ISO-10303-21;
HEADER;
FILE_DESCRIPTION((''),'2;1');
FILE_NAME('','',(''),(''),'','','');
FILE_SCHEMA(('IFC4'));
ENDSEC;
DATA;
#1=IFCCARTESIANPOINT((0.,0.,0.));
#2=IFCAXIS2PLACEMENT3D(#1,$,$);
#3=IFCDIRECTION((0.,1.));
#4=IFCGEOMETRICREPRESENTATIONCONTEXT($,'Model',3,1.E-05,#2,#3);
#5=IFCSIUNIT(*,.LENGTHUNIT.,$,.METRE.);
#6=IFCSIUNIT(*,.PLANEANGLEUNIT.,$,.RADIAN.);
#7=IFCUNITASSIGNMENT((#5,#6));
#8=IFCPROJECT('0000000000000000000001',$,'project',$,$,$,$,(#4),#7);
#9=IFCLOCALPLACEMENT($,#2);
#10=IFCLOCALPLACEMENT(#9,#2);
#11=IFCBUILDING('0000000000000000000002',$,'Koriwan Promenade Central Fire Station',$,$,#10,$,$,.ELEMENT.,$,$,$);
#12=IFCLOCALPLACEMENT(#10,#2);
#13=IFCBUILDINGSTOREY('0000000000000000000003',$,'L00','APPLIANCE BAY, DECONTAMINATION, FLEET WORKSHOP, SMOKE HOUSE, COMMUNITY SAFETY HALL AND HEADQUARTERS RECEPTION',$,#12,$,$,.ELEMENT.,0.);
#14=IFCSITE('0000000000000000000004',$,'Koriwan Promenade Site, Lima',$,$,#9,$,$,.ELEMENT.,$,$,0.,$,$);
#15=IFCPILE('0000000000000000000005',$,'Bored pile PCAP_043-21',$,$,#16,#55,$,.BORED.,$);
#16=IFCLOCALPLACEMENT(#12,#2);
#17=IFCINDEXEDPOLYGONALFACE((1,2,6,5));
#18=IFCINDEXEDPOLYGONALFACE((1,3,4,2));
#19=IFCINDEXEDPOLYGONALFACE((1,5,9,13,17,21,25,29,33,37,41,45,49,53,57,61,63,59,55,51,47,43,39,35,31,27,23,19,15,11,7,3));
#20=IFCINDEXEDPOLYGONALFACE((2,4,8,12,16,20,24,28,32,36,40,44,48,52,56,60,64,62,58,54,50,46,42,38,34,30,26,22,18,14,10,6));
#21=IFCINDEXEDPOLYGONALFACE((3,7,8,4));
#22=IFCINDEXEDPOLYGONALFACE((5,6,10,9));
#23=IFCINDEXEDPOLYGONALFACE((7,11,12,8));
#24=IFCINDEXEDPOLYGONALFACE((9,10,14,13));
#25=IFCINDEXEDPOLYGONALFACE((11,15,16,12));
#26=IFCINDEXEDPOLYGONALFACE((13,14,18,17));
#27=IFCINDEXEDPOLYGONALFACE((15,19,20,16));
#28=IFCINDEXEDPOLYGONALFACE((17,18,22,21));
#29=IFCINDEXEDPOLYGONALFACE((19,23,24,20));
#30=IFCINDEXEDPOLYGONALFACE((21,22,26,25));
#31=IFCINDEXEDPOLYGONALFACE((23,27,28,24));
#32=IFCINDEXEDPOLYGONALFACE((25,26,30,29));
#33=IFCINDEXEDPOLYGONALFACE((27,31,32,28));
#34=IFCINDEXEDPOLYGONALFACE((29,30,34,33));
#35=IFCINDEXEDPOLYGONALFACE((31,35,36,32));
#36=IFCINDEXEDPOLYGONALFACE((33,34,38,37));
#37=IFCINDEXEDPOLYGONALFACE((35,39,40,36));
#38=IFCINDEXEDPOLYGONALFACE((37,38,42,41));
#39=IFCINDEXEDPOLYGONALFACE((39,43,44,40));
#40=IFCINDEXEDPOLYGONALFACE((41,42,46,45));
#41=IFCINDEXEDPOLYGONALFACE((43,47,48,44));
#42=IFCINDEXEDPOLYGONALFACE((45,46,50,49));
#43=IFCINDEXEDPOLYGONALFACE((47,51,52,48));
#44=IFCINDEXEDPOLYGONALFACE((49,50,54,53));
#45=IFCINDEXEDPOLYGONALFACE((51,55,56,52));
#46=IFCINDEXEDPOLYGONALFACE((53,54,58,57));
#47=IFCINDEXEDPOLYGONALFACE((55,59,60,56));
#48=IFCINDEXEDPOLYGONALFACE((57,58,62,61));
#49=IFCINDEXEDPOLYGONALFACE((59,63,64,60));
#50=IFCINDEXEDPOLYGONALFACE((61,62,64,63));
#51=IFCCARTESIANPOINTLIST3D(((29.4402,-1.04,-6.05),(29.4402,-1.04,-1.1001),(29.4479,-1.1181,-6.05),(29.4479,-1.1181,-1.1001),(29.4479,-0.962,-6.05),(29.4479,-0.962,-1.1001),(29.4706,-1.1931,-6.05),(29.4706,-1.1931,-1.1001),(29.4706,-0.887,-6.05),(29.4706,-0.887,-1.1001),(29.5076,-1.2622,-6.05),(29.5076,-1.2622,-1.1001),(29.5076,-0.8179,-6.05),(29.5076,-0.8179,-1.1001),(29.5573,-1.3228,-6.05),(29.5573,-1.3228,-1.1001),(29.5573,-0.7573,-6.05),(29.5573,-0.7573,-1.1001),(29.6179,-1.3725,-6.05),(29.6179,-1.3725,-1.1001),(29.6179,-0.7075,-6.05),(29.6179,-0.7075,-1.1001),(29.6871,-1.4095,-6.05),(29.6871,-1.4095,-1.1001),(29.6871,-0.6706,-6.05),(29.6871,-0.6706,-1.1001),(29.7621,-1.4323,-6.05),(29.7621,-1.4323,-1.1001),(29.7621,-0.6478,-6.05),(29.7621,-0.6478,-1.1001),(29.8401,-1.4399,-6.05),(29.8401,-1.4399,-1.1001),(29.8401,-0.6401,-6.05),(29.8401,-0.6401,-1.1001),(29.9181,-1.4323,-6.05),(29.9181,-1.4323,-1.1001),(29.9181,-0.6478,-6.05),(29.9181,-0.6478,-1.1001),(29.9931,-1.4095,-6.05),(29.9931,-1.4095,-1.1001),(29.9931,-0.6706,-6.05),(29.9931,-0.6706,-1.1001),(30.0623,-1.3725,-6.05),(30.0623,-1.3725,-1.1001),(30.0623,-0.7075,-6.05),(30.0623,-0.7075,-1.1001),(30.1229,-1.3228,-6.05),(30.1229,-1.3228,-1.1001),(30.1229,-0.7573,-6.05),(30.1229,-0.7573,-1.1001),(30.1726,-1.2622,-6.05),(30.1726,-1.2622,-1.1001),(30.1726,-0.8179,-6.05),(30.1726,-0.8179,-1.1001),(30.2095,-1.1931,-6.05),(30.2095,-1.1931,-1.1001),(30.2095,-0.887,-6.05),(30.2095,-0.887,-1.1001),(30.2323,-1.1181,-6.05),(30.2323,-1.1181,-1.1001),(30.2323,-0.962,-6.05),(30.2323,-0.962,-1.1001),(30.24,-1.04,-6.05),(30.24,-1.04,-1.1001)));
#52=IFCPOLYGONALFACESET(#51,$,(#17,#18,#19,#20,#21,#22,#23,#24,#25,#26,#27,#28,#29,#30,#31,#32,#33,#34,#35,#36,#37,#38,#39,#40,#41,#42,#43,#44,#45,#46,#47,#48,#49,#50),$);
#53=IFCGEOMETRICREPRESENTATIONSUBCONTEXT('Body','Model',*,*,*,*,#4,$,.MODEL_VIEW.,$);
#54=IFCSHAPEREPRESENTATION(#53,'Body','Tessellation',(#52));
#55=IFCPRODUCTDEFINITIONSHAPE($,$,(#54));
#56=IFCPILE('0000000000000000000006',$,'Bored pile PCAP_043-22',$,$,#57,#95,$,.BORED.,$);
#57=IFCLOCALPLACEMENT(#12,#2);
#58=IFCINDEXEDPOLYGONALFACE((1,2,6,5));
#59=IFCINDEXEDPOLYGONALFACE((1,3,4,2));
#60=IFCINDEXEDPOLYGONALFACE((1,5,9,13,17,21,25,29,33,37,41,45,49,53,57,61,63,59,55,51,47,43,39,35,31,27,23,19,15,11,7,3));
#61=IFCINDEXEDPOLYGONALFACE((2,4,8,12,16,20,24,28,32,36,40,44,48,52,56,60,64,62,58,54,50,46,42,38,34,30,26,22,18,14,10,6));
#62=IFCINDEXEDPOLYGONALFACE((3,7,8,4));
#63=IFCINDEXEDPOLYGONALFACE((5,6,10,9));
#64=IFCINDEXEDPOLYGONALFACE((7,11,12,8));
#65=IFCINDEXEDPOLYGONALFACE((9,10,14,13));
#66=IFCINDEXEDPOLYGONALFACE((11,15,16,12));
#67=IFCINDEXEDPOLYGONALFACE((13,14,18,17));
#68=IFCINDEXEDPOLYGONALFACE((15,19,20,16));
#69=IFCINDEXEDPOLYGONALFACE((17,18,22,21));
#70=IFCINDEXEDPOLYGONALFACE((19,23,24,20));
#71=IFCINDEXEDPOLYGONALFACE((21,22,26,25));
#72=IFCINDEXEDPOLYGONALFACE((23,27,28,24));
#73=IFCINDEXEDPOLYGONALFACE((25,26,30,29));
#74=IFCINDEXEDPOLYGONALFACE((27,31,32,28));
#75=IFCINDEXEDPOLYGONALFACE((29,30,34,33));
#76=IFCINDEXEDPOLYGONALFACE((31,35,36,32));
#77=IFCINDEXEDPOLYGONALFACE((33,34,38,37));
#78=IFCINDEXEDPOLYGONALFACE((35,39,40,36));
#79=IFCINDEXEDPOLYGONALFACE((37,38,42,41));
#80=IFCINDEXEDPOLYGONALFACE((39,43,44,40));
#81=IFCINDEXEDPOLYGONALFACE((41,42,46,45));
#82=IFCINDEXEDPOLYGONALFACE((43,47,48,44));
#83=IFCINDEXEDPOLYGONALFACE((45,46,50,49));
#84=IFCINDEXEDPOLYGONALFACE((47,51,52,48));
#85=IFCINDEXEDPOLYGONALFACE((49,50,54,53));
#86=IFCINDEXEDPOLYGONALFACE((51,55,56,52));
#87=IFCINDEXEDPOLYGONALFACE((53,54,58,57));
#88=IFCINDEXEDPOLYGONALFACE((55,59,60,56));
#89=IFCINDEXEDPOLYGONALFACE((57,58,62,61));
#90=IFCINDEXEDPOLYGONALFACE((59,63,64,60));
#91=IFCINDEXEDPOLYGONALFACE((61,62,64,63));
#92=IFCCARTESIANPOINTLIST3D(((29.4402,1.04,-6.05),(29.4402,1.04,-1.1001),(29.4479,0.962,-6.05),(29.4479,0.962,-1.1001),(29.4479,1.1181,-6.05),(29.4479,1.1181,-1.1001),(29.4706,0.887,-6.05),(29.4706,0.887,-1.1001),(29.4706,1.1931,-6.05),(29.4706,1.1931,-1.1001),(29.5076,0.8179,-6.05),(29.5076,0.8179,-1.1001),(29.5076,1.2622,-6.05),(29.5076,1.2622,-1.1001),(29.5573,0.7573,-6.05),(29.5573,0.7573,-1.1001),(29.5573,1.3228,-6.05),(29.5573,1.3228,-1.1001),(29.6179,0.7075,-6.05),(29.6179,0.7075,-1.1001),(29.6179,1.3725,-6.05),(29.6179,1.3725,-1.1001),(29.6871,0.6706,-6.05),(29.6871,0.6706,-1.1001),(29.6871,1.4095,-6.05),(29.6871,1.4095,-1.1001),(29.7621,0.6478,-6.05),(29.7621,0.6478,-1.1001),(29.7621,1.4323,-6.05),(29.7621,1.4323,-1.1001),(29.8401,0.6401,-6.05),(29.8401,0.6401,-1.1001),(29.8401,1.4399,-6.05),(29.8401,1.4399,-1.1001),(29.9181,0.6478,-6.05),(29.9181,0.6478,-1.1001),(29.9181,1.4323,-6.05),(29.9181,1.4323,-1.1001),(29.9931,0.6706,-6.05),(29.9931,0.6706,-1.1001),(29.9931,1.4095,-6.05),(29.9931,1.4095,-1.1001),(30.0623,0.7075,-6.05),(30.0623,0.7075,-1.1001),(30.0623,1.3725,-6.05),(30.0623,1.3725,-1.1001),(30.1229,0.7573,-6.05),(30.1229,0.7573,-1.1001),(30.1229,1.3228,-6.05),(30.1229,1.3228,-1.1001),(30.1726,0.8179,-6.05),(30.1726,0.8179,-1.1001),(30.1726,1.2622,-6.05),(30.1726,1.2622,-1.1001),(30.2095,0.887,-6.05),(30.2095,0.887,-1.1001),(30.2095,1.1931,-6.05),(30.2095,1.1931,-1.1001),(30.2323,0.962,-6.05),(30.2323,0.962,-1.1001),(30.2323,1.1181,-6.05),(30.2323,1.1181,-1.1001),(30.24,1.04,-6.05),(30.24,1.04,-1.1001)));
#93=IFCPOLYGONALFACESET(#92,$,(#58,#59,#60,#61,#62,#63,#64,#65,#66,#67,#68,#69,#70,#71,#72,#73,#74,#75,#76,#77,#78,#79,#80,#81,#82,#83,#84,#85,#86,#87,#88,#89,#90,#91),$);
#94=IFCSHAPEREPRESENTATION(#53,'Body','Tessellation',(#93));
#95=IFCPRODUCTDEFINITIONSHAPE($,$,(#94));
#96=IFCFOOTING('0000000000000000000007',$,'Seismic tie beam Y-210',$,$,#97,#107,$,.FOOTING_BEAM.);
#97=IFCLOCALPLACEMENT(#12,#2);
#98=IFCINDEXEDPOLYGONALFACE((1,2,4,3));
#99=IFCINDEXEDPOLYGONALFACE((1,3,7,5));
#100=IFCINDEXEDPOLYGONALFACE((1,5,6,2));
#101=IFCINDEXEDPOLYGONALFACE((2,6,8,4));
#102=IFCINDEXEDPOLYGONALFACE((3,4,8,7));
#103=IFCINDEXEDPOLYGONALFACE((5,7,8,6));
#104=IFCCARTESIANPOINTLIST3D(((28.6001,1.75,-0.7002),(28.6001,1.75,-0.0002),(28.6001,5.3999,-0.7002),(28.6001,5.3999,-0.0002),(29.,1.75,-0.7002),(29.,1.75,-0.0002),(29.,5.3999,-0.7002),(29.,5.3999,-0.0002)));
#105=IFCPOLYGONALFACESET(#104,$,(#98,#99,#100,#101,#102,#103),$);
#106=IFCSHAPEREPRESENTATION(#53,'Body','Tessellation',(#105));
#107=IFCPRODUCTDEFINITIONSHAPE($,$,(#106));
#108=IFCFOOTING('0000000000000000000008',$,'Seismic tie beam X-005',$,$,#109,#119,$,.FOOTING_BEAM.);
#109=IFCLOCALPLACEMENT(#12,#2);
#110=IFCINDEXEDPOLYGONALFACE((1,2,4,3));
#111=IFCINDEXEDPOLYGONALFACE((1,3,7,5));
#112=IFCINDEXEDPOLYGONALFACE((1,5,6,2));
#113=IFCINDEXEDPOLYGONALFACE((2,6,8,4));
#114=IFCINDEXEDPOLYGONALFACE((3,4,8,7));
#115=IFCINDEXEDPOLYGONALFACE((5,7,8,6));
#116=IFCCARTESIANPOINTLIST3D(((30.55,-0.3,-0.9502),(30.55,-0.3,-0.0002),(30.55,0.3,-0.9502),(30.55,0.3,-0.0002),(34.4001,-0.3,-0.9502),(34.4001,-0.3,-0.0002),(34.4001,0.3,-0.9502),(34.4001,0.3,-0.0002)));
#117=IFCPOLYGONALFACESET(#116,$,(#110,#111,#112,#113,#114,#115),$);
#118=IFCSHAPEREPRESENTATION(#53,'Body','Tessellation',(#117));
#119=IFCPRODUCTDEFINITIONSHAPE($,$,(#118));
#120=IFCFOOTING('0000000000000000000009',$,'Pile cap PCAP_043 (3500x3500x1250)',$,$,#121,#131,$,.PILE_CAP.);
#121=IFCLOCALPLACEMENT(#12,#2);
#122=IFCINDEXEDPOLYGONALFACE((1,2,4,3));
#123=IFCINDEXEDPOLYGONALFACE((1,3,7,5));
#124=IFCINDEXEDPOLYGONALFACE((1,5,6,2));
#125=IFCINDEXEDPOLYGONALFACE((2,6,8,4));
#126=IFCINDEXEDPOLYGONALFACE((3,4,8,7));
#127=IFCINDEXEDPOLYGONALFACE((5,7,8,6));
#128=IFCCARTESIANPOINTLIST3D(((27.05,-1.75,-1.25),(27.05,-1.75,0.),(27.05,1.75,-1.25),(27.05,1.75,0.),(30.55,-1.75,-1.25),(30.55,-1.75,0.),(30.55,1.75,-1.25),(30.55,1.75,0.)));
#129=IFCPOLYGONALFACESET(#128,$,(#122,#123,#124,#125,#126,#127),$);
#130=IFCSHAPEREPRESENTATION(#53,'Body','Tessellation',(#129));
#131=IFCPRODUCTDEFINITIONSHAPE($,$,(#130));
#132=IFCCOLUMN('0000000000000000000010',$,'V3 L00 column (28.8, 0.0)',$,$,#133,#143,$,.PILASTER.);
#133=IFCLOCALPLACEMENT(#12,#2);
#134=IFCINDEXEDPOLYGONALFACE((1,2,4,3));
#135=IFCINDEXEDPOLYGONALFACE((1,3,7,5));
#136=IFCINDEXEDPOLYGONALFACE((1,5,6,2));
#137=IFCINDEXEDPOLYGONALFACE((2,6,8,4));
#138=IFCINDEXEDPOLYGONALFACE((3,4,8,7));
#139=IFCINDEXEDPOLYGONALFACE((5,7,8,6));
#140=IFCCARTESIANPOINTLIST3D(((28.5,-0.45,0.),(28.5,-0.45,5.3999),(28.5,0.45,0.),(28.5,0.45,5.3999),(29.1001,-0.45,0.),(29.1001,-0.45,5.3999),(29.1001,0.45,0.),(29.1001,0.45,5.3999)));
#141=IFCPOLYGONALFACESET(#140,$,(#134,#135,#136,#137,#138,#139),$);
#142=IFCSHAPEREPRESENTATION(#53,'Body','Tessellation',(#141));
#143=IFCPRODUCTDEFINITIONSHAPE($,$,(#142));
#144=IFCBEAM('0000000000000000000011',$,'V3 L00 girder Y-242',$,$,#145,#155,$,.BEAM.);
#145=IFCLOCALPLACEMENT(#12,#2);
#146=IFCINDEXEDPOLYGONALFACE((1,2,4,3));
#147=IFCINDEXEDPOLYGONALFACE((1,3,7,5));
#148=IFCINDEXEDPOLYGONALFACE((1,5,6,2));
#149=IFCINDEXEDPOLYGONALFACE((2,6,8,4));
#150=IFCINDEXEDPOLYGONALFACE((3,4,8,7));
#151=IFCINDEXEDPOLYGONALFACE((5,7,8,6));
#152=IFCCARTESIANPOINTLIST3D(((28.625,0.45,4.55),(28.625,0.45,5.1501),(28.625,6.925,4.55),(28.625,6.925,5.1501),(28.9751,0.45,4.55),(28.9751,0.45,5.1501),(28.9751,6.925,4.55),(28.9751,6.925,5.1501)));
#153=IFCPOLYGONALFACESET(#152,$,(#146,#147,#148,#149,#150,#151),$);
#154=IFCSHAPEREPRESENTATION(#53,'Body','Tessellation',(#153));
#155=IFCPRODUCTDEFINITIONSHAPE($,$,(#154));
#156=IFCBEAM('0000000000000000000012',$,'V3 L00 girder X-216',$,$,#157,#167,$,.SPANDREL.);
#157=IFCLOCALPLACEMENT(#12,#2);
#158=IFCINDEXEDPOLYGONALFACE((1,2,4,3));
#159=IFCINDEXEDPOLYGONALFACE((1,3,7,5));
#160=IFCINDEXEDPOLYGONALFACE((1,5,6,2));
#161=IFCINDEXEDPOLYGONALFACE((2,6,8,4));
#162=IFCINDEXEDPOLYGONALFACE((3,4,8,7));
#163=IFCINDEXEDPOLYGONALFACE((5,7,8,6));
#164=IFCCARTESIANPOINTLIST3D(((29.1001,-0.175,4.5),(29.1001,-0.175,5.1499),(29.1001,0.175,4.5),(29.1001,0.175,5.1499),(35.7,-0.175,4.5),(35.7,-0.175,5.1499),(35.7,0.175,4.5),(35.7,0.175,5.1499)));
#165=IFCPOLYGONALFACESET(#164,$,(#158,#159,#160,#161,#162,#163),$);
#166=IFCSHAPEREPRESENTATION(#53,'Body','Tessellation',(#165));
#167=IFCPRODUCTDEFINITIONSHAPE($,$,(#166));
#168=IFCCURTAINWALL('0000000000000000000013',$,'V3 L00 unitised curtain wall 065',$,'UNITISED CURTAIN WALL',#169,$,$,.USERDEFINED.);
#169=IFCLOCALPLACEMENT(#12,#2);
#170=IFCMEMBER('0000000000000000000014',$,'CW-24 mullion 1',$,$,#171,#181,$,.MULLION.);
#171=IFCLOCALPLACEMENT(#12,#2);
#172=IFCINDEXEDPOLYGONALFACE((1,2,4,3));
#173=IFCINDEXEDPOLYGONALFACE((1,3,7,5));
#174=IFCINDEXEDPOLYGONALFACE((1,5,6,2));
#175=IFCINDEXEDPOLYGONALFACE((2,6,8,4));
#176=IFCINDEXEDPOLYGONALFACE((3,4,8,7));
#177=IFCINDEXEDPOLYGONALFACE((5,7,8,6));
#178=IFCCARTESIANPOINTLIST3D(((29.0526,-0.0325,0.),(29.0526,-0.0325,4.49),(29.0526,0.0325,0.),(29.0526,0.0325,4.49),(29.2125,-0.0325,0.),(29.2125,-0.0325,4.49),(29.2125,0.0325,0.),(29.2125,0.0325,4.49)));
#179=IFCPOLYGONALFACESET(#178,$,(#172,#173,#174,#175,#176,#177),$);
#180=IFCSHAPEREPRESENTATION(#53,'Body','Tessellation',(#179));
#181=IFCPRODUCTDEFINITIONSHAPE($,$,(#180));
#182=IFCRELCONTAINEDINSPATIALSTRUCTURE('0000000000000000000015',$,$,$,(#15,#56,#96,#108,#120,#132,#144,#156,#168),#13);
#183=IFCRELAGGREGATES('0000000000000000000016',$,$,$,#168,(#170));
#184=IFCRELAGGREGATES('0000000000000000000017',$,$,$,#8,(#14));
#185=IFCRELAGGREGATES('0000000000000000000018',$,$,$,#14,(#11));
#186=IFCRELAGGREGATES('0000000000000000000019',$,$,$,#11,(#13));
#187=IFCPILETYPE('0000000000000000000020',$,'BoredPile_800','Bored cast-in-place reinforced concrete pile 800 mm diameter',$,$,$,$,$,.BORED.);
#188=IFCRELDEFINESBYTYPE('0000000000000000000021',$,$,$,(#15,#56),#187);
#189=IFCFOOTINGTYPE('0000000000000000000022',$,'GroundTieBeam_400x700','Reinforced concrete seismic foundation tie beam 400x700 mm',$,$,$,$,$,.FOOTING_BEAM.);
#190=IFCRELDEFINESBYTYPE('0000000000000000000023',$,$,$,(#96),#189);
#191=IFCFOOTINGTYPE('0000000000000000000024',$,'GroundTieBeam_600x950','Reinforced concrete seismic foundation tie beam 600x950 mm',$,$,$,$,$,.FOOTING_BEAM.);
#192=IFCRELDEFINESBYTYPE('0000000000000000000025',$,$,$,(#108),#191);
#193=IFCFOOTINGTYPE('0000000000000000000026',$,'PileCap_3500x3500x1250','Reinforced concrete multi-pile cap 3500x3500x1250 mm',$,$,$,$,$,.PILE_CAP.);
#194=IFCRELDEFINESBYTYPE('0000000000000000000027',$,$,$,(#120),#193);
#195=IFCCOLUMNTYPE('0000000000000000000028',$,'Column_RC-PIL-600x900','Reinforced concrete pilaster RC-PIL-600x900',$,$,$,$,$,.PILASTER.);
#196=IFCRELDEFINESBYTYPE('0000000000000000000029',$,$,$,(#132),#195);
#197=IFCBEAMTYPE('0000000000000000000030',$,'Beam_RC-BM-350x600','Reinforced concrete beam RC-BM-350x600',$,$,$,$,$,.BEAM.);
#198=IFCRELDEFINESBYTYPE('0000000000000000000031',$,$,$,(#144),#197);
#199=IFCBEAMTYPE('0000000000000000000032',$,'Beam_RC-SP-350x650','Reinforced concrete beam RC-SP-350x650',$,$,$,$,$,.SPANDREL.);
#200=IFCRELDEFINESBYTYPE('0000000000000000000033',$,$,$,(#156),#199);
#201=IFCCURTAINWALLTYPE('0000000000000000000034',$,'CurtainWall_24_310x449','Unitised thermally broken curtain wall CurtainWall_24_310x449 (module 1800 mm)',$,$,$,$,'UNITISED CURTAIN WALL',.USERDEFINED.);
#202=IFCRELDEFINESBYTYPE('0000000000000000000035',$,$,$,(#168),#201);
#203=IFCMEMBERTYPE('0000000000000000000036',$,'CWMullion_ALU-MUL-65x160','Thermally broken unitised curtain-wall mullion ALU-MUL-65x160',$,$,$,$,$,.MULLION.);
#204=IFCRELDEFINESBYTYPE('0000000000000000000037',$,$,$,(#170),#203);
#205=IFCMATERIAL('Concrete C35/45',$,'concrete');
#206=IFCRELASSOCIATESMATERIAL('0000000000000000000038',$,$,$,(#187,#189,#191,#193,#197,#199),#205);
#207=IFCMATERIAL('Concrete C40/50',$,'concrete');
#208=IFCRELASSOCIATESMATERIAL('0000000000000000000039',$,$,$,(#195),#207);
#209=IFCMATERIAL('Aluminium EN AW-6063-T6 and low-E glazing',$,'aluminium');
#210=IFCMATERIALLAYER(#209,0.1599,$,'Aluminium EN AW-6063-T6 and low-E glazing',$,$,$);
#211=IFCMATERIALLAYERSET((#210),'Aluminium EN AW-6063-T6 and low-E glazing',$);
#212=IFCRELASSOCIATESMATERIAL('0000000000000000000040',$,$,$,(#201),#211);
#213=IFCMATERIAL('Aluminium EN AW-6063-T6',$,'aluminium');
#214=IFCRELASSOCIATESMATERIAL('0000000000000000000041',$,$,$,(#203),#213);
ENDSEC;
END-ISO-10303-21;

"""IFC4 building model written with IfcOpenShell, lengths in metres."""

from ifc_helpers import new_model, si_unit, direction, frame, origin, origin_2d, place, context, subcontext, project, spatial, rectangle, circle, extrude, material, layer, layer_set, material_profile, profile_set, type_object, element, aggregate, save


model = new_model("IFC4")

# Units and contexts
model_context = context("Model", 3, precision=1e-05, world=origin(), true_north=direction((0.0, 1.0)))
body_context = subcontext(model_context, "Body", "Model", "MODEL_VIEW")
ifc_project = project(units=[si_unit("LENGTHUNIT", "METRE"), si_unit("PLANEANGLEUNIT", "RADIAN")], contexts=[model_context])

# Site, building, storey
site_placement = place(None, origin())
site = spatial("IfcSite", under=ifc_project, at=site_placement, Name="Koriwan Promenade Site, Lima", CompositionType="ELEMENT", RefElevation=0.0)
building_placement = place(site_placement, origin())
building = spatial("IfcBuilding", under=site, at=building_placement, Name="Koriwan Promenade Central Fire Station", CompositionType="ELEMENT")
storey_placement = place(building_placement, origin())
storey = spatial("IfcBuildingStorey", under=building, at=storey_placement, Name="L00", Description="APPLIANCE BAY, DECONTAMINATION, FLEET WORKSHOP, SMOKE HOUSE, COMMUNITY SAFETY HALL AND HEADQUARTERS RECEPTION", CompositionType="ELEMENT", Elevation=0.0)

# Piles
ifc_material_1 = material(Name="Concrete C35/45", Category="concrete")
ifc_material_profile_1 = material_profile(ifc_material_1, circle(Radius=0.3999, at=origin_2d()), Name="PILE-D800")
ifc_profile_set_1 = profile_set([ifc_material_profile_1], Name="Concrete C35/45")
pile_type = type_object("IfcPileType", Name="BoredPile_800", Description="Bored cast-in-place reinforced concrete pile 800 mm diameter", PredefinedType="BORED", material=ifc_profile_set_1)
for number, where, z_axis, x_axis, name in (
    (1, (29.8401, -1.04, -1.1001), (0.0, 0.0, -1.0), (1.0, 0.0, 0.0), "Bored pile PCAP_043-21"),
    (2, (29.8401, 1.04, -1.1001), (0.0, 0.0, -1.0), (1.0, 0.0, 0.0), "Bored pile PCAP_043-22"),
):
    element("IfcPile", number, at=place(storey_placement, frame(where, z_axis=z_axis, x_axis=x_axis)), inside=storey, type_object=pile_type, Name=name, PredefinedType="BORED", context=body_context, shape_type="SweptSolid", body=[
        extrude(circle(Radius=0.3999, at=origin_2d()), origin(), (0.0, 0.0, 1.0), 4.95),
    ])

# Footings
footing_type_1 = type_object("IfcFootingType", Name="GroundTieBeam_400x700", Description="Reinforced concrete seismic foundation tie beam 400x700 mm", PredefinedType="FOOTING_BEAM", material=ifc_material_1)
footing_1_placement = place(storey_placement, frame((28.8, 3.575, -0.7002), z_axis=(0.0, 0.0, 1.0), x_axis=(0.0, 1.0, 0.0)))
element("IfcFooting", 3, at=footing_1_placement, inside=storey, type_object=footing_type_1, Name="Seismic tie beam Y-210", PredefinedType="FOOTING_BEAM", context=body_context, shape_type="SweptSolid", body=[
    extrude(rectangle(XDim=3.6499, YDim=0.3999, at=origin_2d()), origin(), (0.0, 0.0, 1.0), 0.7),
])
footing_type_2 = type_object("IfcFootingType", Name="GroundTieBeam_600x950", Description="Reinforced concrete seismic foundation tie beam 600x950 mm", PredefinedType="FOOTING_BEAM", material=ifc_material_1)
footing_2_placement = place(storey_placement, frame((32.4751, 0.0, -0.9502), z_axis=(0.0, 0.0, 1.0), x_axis=(1.0, 0.0, 0.0)))
element("IfcFooting", 4, at=footing_2_placement, inside=storey, type_object=footing_type_2, Name="Seismic tie beam X-005", PredefinedType="FOOTING_BEAM", context=body_context, shape_type="SweptSolid", body=[
    extrude(rectangle(XDim=3.8501, YDim=0.6001, at=origin_2d()), origin(), (0.0, 0.0, 1.0), 0.95),
])
footing_type_3 = type_object("IfcFootingType", Name="PileCap_3500x3500x1250", Description="Reinforced concrete multi-pile cap 3500x3500x1250 mm", PredefinedType="PILE_CAP", material=ifc_material_1)
footing_3_placement = place(storey_placement, frame((28.8, 0.0, -1.25), z_axis=(0.0, 0.0, 1.0), x_axis=(1.0, 0.0, 0.0)))
element("IfcFooting", 5, at=footing_3_placement, inside=storey, type_object=footing_type_3, Name="Pile cap PCAP_043 (3500x3500x1250)", PredefinedType="PILE_CAP", context=body_context, shape_type="SweptSolid", body=[
    extrude(rectangle(XDim=3.5, YDim=3.5, at=origin_2d()), origin(), (0.0, 0.0, 1.0), 1.25),
])

# Column
ifc_material_2 = material(Name="Concrete C40/50", Category="concrete")
ifc_material_profile_2 = material_profile(ifc_material_2, rectangle(XDim=0.6001, YDim=0.8999, at=origin_2d()), Name="RC-PIL-600x900")
ifc_profile_set_2 = profile_set([ifc_material_profile_2], Name="Concrete C40/50")
column_type = type_object("IfcColumnType", Name="Column_RC-PIL-600x900", Description="Reinforced concrete pilaster RC-PIL-600x900", PredefinedType="PILASTER", material=ifc_profile_set_2)
column_placement = place(storey_placement, frame((28.8, 0.0, 0.0), z_axis=(0.0, 0.0, 1.0), x_axis=(1.0, 0.0, 0.0)))
element("IfcColumn", 6, at=column_placement, inside=storey, type_object=column_type, Name="V3 L00 column (28.8, 0.0)", PredefinedType="PILASTER", context=body_context, shape_type="SweptSolid", body=[
    extrude(rectangle(XDim=0.6001, YDim=0.8999, at=origin_2d()), origin(), (0.0, 0.0, 1.0), 5.3999),
])

# Beams
ifc_material_profile_3 = material_profile(ifc_material_1, rectangle(XDim=0.3501, YDim=0.6001, at=origin_2d()), Name="RC-BM-350x600")
ifc_profile_set_3 = profile_set([ifc_material_profile_3], Name="Concrete C35/45")
beam_type_1 = type_object("IfcBeamType", Name="Beam_RC-BM-350x600", Description="Reinforced concrete beam RC-BM-350x600", PredefinedType="BEAM", material=ifc_profile_set_3)
beam_1_placement = place(storey_placement, frame((28.8, 0.45, 4.8501), z_axis=(0.0, 1.0, 0.0), x_axis=(-1.0, 0.0, 0.0)))
element("IfcBeam", 7, at=beam_1_placement, inside=storey, type_object=beam_type_1, Name="V3 L00 girder Y-242", PredefinedType="BEAM", context=body_context, shape_type="SweptSolid", body=[
    extrude(rectangle(XDim=0.3501, YDim=0.6001, at=origin_2d()), origin(), (0.0, 0.0, 1.0), 6.4751),
])
ifc_material_profile_4 = material_profile(ifc_material_1, rectangle(XDim=0.3501, YDim=0.6499, at=origin_2d()), Name="RC-SP-350x650")
ifc_profile_set_4 = profile_set([ifc_material_profile_4], Name="Concrete C35/45")
beam_type_2 = type_object("IfcBeamType", Name="Beam_RC-SP-350x650", Description="Reinforced concrete beam RC-SP-350x650", PredefinedType="SPANDREL", material=ifc_profile_set_4)
beam_2_placement = place(storey_placement, frame((29.1001, 0.0, 4.825), z_axis=(1.0, 0.0, 0.0), x_axis=(0.0, 1.0, 0.0)))
element("IfcBeam", 8, at=beam_2_placement, inside=storey, type_object=beam_type_2, Name="V3 L00 girder X-216", PredefinedType="SPANDREL", context=body_context, shape_type="SweptSolid", body=[
    extrude(rectangle(XDim=0.3501, YDim=0.6499, at=origin_2d()), origin(), (0.0, 0.0, 1.0), 6.5999),
])

# Curtain wall, member
ifc_material_3 = material(Name="Aluminium EN AW-6063-T6 and low-E glazing", Category="aluminium")
ifc_layer_1 = layer(ifc_material_3, 0.1599, Name="Aluminium EN AW-6063-T6 and low-E glazing")
ifc_layer_set_1 = layer_set([ifc_layer_1], Name="Aluminium EN AW-6063-T6 and low-E glazing")
curtain_wall_type_1 = type_object("IfcCurtainWallType", Name="CurtainWall_24_310x449", Description="Unitised thermally broken curtain wall CurtainWall_24_310x449 (module 1800 mm)", ElementType="UNITISED CURTAIN WALL", PredefinedType="USERDEFINED", material=ifc_layer_set_1)
curtain_wall_1_placement = place(storey_placement, origin())
curtain_wall_1 = element("IfcCurtainWall", 9, at=curtain_wall_1_placement, inside=storey, type_object=curtain_wall_type_1, Name="V3 L00 unitised curtain wall 065", ObjectType="UNITISED CURTAIN WALL", PredefinedType="USERDEFINED")
ifc_material_4 = material(Name="Aluminium EN AW-6063-T6", Category="aluminium")
ifc_material_profile_5 = material_profile(ifc_material_4, rectangle(XDim=0.0649, YDim=0.1599, at=origin_2d()), Name="ALU-MUL-65x160")
ifc_profile_set_5 = profile_set([ifc_material_profile_5], Name="Aluminium EN AW-6063-T6")
member_type_1 = type_object("IfcMemberType", Name="CWMullion_ALU-MUL-65x160", Description="Thermally broken unitised curtain-wall mullion ALU-MUL-65x160", PredefinedType="MULLION", material=ifc_profile_set_5)
member_1_placement = place(storey_placement, frame((29.1326, 0.0, 0.0), z_axis=(0.0, 0.0, 1.0), x_axis=(0.0, 1.0, 0.0)))
member_1 = element("IfcMember", 10, at=member_1_placement, type_object=member_type_1, Name="CW-24 mullion 1", PredefinedType="MULLION", context=body_context, shape_type="SweptSolid", body=[
    extrude(rectangle(XDim=0.0649, YDim=0.1599, at=origin_2d()), origin(), (0.0, 0.0, 1.0), 4.49),
])

aggregate(curtain_wall_1, [member_1])

save(model, "model.ifc")
